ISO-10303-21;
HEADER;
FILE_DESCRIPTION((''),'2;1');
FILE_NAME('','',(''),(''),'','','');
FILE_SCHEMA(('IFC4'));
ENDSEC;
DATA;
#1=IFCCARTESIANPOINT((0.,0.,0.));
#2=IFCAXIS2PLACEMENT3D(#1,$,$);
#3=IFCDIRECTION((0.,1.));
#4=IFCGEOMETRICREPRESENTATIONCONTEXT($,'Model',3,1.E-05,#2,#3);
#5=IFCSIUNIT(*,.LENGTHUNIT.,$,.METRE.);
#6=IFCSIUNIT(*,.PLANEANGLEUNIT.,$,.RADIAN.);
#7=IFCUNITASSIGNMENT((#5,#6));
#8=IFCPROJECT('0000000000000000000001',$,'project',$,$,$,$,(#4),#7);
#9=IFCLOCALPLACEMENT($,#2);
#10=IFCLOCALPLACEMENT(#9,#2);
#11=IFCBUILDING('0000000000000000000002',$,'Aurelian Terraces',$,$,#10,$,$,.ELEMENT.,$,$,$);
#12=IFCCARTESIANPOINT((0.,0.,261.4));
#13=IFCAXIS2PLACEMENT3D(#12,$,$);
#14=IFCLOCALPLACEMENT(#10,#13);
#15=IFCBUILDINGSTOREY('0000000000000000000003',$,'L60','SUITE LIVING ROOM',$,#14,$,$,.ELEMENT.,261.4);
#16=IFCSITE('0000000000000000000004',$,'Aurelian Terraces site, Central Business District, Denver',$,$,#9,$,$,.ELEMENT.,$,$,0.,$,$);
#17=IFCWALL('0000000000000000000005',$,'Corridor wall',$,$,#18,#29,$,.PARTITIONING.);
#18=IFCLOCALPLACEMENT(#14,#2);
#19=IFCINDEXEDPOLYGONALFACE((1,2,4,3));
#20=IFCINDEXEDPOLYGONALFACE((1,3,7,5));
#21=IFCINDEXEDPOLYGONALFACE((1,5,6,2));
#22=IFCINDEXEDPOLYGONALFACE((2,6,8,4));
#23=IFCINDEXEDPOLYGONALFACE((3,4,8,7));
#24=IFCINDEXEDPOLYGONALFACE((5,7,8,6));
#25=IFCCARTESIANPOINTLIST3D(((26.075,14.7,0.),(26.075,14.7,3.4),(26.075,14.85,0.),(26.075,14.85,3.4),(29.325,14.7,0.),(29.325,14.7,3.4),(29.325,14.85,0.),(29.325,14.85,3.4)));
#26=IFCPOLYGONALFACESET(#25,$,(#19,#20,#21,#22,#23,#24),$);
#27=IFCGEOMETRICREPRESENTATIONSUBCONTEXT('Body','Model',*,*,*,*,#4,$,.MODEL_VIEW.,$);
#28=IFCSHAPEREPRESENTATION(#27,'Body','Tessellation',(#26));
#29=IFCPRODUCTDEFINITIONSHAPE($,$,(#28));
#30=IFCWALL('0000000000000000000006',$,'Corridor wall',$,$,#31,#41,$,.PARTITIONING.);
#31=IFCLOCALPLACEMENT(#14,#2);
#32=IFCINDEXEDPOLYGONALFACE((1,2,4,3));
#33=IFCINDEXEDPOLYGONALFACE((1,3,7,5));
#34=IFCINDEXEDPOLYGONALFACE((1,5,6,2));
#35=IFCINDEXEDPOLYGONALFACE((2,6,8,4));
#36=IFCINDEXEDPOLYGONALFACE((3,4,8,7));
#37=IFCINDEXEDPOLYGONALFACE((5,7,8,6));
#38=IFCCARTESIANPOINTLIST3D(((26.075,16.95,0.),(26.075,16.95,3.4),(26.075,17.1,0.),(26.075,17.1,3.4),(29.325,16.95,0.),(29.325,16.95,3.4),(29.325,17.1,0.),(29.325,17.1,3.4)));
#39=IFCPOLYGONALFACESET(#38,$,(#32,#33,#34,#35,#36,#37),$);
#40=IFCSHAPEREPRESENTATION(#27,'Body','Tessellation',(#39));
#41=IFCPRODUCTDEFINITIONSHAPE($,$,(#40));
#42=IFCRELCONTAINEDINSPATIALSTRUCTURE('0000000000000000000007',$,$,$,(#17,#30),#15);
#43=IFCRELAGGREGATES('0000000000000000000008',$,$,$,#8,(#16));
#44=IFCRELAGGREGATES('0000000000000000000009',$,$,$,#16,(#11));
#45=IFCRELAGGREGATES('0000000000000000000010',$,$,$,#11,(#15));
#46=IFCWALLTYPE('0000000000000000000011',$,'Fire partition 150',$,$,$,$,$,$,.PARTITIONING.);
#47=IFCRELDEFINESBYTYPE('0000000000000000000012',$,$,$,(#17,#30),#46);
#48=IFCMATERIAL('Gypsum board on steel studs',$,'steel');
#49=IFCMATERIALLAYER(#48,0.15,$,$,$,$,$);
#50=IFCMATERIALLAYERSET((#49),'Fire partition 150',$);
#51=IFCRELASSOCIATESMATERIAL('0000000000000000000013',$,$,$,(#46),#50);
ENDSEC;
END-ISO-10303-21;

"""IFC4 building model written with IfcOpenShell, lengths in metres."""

from ifc_helpers import new_model, si_unit, direction, frame, frame_2d, origin, place, context, subcontext, project, spatial, rectangle, extrude, source, transform, mapped, material, layer, layer_set, type_object, element, save


model = new_model("IFC4")

# Units and contexts
model_context = context("Model", 3, precision=1e-05, world=origin(), true_north=direction((0.0, 1.0)))
body_context = subcontext(model_context, "Body", "Model", "MODEL_VIEW")
ifc_project = project(units=[si_unit("LENGTHUNIT", "METRE"), si_unit("PLANEANGLEUNIT", "RADIAN")], contexts=[model_context])

# Site, building, storey
site_placement = place(None, origin())
site = spatial("IfcSite", under=ifc_project, at=site_placement, Name="Aurelian Terraces site, Central Business District, Denver", CompositionType="ELEMENT", RefElevation=0.0)
building_placement = place(site_placement, origin())
building = spatial("IfcBuilding", under=site, at=building_placement, Name="Aurelian Terraces", CompositionType="ELEMENT")
storey_placement = place(building_placement, frame((0.0, 0.0, 261.4)))
storey = spatial("IfcBuildingStorey", under=building, at=storey_placement, Name="L60", Description="SUITE LIVING ROOM", CompositionType="ELEMENT", Elevation=261.4)

# Shared definitions
ifc_material_1 = material(Name="Gypsum board on steel studs", Category="steel")

# Shared definitions
ifc_layer_1 = layer(ifc_material_1, 0.15)
ifc_layer_set_1 = layer_set([ifc_layer_1], Name="Fire partition 150")
wall_type_1 = type_object("IfcWallType", Name="Fire partition 150", PredefinedType="PARTITIONING", material=ifc_layer_set_1)

# Walls
shared_shape_1 = source(origin(), body_context, "Body", "SweptSolid", [
    extrude(rectangle(XDim=3.25, YDim=0.15, at=frame_2d((1.625, 0.0))), origin(), (0.0, 0.0, 1.0), 3.4),
])
for number, where, z_axis, x_axis, name in (
    (1, (29.325, 14.775, 0.0), (0.0, 0.0, 1.0), (-1.0, 0.0, 0.0), "Corridor wall"),
    (2, (26.075, 17.025, 0.0), (0.0, 0.0, 1.0), (1.0, 0.0, 0.0), "Corridor wall"),
):
    element("IfcWall", number, at=place(storey_placement, frame(where, z_axis=z_axis, x_axis=x_axis)), inside=storey, type_object=wall_type_1, Name=name, PredefinedType="PARTITIONING", context=body_context, shape_type="MappedRepresentation", body=[
        mapped(shared_shape_1, transform((0.0, 0.0, 0.0), scale=1.0)),
    ])

save(model, "model.ifc")
